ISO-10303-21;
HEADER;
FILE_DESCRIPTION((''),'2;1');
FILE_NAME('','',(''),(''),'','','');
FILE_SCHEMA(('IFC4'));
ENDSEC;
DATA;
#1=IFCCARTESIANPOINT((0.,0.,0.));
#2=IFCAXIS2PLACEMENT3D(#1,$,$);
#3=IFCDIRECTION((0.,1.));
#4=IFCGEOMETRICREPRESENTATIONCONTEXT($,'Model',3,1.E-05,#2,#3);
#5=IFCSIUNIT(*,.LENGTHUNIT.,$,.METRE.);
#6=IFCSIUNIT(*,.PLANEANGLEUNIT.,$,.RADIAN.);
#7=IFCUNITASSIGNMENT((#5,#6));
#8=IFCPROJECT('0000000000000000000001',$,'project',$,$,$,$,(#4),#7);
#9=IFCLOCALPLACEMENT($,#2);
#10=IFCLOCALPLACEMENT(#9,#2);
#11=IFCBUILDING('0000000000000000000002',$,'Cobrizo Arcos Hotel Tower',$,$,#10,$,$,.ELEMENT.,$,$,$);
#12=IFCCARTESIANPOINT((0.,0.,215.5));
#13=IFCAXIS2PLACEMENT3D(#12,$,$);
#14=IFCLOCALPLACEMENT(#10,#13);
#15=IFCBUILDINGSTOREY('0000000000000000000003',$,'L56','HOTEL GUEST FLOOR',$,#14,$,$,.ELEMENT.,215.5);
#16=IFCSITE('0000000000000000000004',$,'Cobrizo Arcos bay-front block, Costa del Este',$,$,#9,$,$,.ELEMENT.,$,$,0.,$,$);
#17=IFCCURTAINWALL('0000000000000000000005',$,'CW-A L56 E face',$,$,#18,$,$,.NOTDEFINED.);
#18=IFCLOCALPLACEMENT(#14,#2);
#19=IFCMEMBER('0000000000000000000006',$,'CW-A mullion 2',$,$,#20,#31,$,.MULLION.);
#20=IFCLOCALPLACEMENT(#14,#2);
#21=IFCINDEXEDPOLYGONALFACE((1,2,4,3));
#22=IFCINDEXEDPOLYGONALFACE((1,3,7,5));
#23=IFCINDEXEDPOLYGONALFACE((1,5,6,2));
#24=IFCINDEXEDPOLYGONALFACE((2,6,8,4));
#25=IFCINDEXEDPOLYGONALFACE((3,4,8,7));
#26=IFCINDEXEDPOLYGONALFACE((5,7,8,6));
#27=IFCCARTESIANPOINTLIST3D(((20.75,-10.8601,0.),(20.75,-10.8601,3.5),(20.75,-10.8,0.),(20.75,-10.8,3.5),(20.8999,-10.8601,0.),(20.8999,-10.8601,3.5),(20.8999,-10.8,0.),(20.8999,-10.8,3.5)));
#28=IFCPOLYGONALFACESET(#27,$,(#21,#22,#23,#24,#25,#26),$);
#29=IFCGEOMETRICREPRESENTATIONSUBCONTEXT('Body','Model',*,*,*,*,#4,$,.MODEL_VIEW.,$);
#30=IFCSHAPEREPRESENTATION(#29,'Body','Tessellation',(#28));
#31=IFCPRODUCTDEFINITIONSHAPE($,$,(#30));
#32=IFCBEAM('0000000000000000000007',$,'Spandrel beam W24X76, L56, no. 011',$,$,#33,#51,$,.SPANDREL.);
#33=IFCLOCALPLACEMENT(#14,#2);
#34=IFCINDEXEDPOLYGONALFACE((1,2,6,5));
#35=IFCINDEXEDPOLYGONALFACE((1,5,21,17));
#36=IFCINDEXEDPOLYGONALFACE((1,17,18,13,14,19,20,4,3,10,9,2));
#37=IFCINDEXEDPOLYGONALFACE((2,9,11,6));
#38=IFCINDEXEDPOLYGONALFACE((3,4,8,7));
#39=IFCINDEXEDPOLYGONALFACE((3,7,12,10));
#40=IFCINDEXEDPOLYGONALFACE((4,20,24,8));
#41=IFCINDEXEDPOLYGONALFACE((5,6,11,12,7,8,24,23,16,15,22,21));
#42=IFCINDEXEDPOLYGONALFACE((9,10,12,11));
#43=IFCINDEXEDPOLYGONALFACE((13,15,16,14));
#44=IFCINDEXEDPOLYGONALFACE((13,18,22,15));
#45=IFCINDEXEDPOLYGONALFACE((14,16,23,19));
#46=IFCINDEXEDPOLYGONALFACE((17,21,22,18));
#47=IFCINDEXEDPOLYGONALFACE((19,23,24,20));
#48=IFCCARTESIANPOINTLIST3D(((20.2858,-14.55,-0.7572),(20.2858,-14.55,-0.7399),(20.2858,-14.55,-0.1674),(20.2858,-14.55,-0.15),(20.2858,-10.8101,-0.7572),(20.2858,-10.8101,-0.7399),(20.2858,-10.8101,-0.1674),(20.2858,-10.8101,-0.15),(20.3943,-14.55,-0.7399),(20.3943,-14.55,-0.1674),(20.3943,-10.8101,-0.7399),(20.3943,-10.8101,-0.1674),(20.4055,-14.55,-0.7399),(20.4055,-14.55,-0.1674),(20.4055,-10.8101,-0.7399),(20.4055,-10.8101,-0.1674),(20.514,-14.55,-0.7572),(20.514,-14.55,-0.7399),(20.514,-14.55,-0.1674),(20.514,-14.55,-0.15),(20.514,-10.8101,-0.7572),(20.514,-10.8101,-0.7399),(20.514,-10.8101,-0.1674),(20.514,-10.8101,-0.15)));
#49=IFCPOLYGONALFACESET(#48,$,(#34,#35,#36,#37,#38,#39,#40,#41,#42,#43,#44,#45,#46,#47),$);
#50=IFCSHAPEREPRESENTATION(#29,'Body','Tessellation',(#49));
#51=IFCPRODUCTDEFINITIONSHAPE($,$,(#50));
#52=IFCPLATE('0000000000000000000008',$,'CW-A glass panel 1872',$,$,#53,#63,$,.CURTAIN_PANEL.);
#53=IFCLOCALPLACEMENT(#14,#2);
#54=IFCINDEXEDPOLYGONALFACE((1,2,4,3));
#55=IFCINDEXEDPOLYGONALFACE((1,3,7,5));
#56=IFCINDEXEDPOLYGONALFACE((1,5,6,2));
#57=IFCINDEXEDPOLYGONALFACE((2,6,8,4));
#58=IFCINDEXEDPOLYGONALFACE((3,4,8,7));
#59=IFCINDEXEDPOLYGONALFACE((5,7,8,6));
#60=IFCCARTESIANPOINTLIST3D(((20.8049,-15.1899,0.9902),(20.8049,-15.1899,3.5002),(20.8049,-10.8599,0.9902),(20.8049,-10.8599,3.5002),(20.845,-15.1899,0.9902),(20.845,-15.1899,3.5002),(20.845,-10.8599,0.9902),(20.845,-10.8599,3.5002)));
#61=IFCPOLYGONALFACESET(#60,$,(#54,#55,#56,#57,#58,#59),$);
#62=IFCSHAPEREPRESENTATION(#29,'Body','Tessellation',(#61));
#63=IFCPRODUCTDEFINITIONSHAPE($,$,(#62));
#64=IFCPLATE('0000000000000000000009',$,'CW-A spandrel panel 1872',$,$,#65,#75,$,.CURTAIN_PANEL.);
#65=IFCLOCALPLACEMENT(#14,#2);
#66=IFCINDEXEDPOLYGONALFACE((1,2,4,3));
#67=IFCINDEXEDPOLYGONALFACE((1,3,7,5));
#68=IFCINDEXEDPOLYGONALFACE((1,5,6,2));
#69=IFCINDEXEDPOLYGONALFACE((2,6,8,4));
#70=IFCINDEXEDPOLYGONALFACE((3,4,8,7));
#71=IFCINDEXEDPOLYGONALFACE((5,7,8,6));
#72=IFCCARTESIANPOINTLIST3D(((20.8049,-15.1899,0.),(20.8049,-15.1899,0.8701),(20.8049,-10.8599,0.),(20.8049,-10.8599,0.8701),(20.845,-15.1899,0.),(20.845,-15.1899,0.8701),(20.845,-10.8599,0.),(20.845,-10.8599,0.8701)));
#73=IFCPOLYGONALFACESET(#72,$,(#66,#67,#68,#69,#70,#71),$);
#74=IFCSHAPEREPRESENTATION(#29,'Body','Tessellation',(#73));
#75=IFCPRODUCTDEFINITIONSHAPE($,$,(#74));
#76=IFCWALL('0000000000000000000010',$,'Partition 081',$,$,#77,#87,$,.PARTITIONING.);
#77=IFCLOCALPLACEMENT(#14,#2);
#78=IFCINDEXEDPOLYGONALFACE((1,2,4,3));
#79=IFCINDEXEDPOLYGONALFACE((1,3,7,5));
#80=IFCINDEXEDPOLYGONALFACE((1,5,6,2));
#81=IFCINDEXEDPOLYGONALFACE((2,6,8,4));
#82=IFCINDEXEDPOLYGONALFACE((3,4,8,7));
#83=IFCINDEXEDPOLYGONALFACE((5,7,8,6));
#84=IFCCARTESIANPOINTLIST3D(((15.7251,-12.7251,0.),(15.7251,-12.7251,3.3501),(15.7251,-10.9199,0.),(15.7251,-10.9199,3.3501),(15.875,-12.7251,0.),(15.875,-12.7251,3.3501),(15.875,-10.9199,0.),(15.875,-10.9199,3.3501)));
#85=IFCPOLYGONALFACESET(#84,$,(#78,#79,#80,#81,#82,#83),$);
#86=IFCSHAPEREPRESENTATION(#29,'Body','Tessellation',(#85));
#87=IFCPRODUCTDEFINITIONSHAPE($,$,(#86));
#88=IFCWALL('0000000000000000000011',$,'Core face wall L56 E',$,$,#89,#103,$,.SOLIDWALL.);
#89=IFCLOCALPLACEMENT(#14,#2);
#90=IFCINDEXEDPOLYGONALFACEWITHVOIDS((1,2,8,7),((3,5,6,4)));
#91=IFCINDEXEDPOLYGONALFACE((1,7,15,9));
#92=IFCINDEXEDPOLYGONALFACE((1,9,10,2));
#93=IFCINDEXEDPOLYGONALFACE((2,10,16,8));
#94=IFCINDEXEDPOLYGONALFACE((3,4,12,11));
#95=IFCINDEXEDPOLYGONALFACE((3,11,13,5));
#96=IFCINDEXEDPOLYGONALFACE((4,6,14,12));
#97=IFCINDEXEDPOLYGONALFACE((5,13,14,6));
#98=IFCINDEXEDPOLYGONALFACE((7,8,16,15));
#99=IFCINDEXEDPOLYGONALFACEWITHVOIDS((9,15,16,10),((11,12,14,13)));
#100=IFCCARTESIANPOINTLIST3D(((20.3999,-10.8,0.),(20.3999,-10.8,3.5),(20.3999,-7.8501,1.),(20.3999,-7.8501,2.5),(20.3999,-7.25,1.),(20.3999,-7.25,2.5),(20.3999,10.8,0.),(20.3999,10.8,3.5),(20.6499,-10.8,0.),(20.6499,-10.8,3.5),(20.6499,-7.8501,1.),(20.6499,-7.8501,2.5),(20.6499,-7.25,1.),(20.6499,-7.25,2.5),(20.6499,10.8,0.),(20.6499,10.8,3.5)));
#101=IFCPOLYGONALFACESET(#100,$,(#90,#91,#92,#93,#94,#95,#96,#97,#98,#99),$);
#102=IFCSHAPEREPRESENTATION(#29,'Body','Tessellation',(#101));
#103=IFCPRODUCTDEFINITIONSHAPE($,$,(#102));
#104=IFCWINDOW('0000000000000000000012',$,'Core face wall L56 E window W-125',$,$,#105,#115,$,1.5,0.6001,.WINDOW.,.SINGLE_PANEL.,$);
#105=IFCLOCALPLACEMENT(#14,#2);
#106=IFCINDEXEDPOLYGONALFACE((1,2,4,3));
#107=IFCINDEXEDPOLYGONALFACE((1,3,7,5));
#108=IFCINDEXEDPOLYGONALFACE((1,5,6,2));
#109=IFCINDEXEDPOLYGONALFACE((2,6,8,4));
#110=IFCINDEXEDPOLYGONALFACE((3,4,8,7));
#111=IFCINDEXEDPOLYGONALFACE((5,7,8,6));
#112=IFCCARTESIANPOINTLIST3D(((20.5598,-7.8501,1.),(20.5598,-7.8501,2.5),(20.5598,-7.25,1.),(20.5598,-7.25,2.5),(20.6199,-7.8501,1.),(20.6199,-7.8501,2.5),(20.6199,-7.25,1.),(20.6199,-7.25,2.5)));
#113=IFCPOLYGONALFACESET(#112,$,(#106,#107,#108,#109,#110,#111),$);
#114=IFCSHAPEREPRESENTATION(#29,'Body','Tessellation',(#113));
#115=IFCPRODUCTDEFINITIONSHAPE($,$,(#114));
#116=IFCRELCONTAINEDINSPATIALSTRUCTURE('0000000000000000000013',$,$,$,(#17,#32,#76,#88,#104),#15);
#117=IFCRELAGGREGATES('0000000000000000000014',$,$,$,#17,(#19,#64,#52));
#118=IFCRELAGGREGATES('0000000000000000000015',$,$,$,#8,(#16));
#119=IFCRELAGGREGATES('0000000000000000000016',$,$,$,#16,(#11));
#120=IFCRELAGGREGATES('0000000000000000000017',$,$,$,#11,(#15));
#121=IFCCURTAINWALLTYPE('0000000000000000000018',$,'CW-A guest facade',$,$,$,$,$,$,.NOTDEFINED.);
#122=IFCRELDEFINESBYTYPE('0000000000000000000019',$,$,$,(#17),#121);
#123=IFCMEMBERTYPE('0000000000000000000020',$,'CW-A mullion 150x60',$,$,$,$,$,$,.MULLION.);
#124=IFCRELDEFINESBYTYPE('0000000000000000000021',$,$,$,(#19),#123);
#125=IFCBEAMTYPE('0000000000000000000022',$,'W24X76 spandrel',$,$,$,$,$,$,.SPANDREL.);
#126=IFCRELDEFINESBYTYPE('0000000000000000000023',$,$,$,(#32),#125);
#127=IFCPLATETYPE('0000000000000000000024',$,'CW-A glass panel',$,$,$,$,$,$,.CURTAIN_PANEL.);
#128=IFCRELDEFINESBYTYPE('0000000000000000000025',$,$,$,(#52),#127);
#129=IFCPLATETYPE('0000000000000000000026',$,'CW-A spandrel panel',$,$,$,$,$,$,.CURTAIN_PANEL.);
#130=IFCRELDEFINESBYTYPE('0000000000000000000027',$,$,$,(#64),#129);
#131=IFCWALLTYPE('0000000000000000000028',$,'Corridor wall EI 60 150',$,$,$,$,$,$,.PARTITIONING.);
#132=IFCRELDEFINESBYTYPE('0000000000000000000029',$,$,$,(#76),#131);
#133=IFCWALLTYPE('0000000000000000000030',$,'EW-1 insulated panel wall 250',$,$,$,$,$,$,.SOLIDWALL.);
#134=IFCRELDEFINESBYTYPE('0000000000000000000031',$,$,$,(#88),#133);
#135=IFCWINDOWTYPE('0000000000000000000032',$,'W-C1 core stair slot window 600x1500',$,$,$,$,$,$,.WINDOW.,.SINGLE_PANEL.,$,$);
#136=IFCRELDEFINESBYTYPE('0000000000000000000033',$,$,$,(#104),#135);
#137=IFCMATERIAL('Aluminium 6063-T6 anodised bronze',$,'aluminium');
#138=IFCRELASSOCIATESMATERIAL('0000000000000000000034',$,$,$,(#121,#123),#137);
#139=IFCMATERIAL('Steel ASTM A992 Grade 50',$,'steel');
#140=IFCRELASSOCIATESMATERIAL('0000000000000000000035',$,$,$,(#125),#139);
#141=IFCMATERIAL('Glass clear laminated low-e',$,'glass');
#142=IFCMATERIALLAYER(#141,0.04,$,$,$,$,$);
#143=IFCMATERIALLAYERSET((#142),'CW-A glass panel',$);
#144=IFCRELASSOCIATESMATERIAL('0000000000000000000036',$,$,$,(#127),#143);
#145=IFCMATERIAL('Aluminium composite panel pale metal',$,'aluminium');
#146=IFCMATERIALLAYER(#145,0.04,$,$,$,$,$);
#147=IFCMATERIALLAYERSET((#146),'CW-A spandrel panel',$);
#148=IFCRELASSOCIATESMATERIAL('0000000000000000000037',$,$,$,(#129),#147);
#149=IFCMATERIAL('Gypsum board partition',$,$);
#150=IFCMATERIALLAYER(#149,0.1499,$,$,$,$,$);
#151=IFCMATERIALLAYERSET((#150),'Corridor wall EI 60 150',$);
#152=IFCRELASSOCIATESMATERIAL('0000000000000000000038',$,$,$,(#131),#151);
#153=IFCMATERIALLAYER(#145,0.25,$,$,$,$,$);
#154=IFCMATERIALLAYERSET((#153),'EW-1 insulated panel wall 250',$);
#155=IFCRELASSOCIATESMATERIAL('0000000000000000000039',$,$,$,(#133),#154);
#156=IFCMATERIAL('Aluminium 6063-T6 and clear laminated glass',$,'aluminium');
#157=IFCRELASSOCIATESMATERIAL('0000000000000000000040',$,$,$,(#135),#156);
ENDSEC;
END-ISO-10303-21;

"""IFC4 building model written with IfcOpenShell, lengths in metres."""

from ifc_helpers import new_model, si_unit, direction, frame, frame_2d, origin, origin_2d, place, context, subcontext, project, spatial, rectangle, i_section, extrude, material, layer, layer_set, material_profile, profile_set, type_object, element, fill, aggregate, save


model = new_model("IFC4")

# Units and contexts
model_context = context("Model", 3, precision=1e-05, world=origin(), true_north=direction((0.0, 1.0)))
body_context = subcontext(model_context, "Body", "Model", "MODEL_VIEW")
ifc_project = project(units=[si_unit("LENGTHUNIT", "METRE"), si_unit("PLANEANGLEUNIT", "RADIAN")], contexts=[model_context])

# Site, building, storey
site_placement = place(None, origin())
site = spatial("IfcSite", under=ifc_project, at=site_placement, Name="Cobrizo Arcos bay-front block, Costa del Este", CompositionType="ELEMENT", RefElevation=0.0)
building_placement = place(site_placement, origin())
building = spatial("IfcBuilding", under=site, at=building_placement, Name="Cobrizo Arcos Hotel Tower", CompositionType="ELEMENT")
storey_placement = place(building_placement, frame((0.0, 0.0, 215.5)))
storey = spatial("IfcBuildingStorey", under=building, at=storey_placement, Name="L56", Description="HOTEL GUEST FLOOR", CompositionType="ELEMENT", Elevation=215.5)

# Curtain wall, member
ifc_material_1 = material(Name="Aluminium 6063-T6 anodised bronze", Category="aluminium")
curtain_wall_type = type_object("IfcCurtainWallType", Name="CW-A guest facade", PredefinedType="NOTDEFINED", material=ifc_material_1)
curtain_wall_placement = place(storey_placement, origin())
curtain_wall = element("IfcCurtainWall", 1, at=curtain_wall_placement, inside=storey, type_object=curtain_wall_type, Name="CW-A L56 E face", PredefinedType="NOTDEFINED")
ifc_material_profile_1 = material_profile(ifc_material_1, rectangle(XDim=0.1499, YDim=0.0601, at=origin_2d()), Name="CW-A mullion 150x60")
ifc_profile_set_1 = profile_set([ifc_material_profile_1], Name="Aluminium 6063-T6 anodised bronze")
member_type = type_object("IfcMemberType", Name="CW-A mullion 150x60", PredefinedType="MULLION", material=ifc_profile_set_1)
member_placement = place(storey_placement, frame((20.825, -10.8301, 0.0), z_axis=(0.0, 0.0, 1.0), x_axis=(1.0, 0.0, 0.0)))
member = element("IfcMember", 2, at=member_placement, type_object=member_type, Name="CW-A mullion 2", PredefinedType="MULLION", context=body_context, shape_type="SweptSolid", body=[
    extrude(rectangle(XDim=0.1499, YDim=0.0601, at=origin_2d()), origin(), (0.0, 0.0, 1.0), 3.5),
])

# Beam
ifc_material_2 = material(Name="Steel ASTM A992 Grade 50", Category="steel")
ifc_material_profile_2 = material_profile(ifc_material_2, i_section(OverallWidth=0.2283, OverallDepth=0.6072, WebThickness=0.0112, FlangeThickness=0.0173, at=origin_2d()), Name="W24X76")
ifc_profile_set_2 = profile_set([ifc_material_profile_2], Name="Steel ASTM A992 Grade 50")
beam_type = type_object("IfcBeamType", Name="W24X76 spandrel", PredefinedType="SPANDREL", material=ifc_profile_set_2)
beam_placement = place(storey_placement, frame((20.3999, -14.55, -0.4536), z_axis=(0.0, 1.0, 0.0), x_axis=(-1.0, 0.0, 0.0)))
element("IfcBeam", 3, at=beam_placement, inside=storey, type_object=beam_type, Name="Spandrel beam W24X76, L56, no. 011", PredefinedType="SPANDREL", context=body_context, shape_type="SweptSolid", body=[
    extrude(i_section(OverallWidth=0.2283, OverallDepth=0.6072, WebThickness=0.0112, FlangeThickness=0.0173, at=origin_2d()), origin(), (0.0, 0.0, 1.0), 3.74),
])

# Plates
ifc_material_3 = material(Name="Glass clear laminated low-e", Category="glass")
ifc_layer_1 = layer(ifc_material_3, 0.04)
ifc_layer_set_1 = layer_set([ifc_layer_1], Name="CW-A glass panel")
plate_type_1 = type_object("IfcPlateType", Name="CW-A glass panel", PredefinedType="CURTAIN_PANEL", material=ifc_layer_set_1)
plate_1_placement = place(storey_placement, frame((20.825, -13.0249, 0.9902), z_axis=(0.0, 0.0, 1.0), x_axis=(0.0, 1.0, 0.0)))
plate_1 = element("IfcPlate", 4, at=plate_1_placement, type_object=plate_type_1, Name="CW-A glass panel 1872", PredefinedType="CURTAIN_PANEL", context=body_context, shape_type="SweptSolid", body=[
    extrude(rectangle(XDim=4.3301, YDim=0.04, at=origin_2d()), origin(), (0.0, 0.0, 1.0), 2.51),
])
ifc_material_4 = material(Name="Aluminium composite panel pale metal", Category="aluminium")
ifc_layer_2 = layer(ifc_material_4, 0.04)
ifc_layer_set_2 = layer_set([ifc_layer_2], Name="CW-A spandrel panel")
plate_type_2 = type_object("IfcPlateType", Name="CW-A spandrel panel", PredefinedType="CURTAIN_PANEL", material=ifc_layer_set_2)
plate_2_placement = place(storey_placement, frame((20.825, -13.0249, 0.0), z_axis=(0.0, 0.0, 1.0), x_axis=(0.0, 1.0, 0.0)))
plate_2 = element("IfcPlate", 5, at=plate_2_placement, type_object=plate_type_2, Name="CW-A spandrel panel 1872", PredefinedType="CURTAIN_PANEL", context=body_context, shape_type="SweptSolid", body=[
    extrude(rectangle(XDim=4.3301, YDim=0.04, at=origin_2d()), origin(), (0.0, 0.0, 1.0), 0.8701),
])
aggregate(curtain_wall, [member, plate_2, plate_1])

# Wall
ifc_material_5 = material(Name="Gypsum board partition")
ifc_layer_3 = layer(ifc_material_5, 0.1499)
ifc_layer_set_3 = layer_set([ifc_layer_3], Name="Corridor wall EI 60 150")
wall_type_1 = type_object("IfcWallType", Name="Corridor wall EI 60 150", PredefinedType="PARTITIONING", material=ifc_layer_set_3)
wall_1_placement = place(storey_placement, frame((15.8, -12.7251, 0.0), z_axis=(0.0, 0.0, 1.0), x_axis=(0.0, 1.0, 0.0)))
element("IfcWall", 6, at=wall_1_placement, inside=storey, type_object=wall_type_1, Name="Partition 081", PredefinedType="PARTITIONING", context=body_context, shape_type="SweptSolid", body=[
    extrude(rectangle(XDim=1.8052, YDim=0.1499, at=frame_2d((0.9026, 0.0))), origin(), (0.0, 0.0, 1.0), 3.3501),
])

# Wall, opening, window
ifc_layer_4 = layer(ifc_material_4, 0.25)
ifc_layer_set_4 = layer_set([ifc_layer_4], Name="EW-1 insulated panel wall 250")
wall_type_2 = type_object("IfcWallType", Name="EW-1 insulated panel wall 250", PredefinedType="SOLIDWALL", material=ifc_layer_set_4)
wall_2_placement = place(storey_placement, frame((20.5249, -10.8, 0.0), z_axis=(0.0, 0.0, 1.0), x_axis=(0.0, 1.0, 0.0)))
wall_2 = element("IfcWall", 7, at=wall_2_placement, inside=storey, type_object=wall_type_2, Name="Core face wall L56 E", PredefinedType="SOLIDWALL", context=body_context, shape_type="SweptSolid", body=[
    extrude(rectangle(XDim=21.6001, YDim=0.25, at=frame_2d((10.8, 0.0))), origin(), (0.0, 0.0, 1.0), 3.5),
])
opening_1_placement = place(wall_2_placement, frame((2.95, 0.0, 1.0)))
opening_1 = element("IfcOpeningElement", 8, at=opening_1_placement, cuts=wall_2, PredefinedType="OPENING", context=body_context, shape_type="SweptSolid", body=[
    extrude(rectangle(XDim=0.6001, YDim=1.5, at=frame_2d((0.3, 0.75))), frame((0.0, 0.137, 0.0), z_axis=(0.0, -1.0, 0.0), x_axis=(1.0, 0.0, 0.0)), (0.0, 0.0, 1.0), 0.2739),
])
ifc_material_6 = material(Name="Aluminium 6063-T6 and clear laminated glass", Category="aluminium")
window_type = type_object("IfcWindowType", Name="W-C1 core stair slot window 600x1500", PartitioningType="SINGLE_PANEL", PredefinedType="WINDOW", material=ifc_material_6)
window_placement = place(opening_1_placement, origin())
window = element("IfcWindow", 9, at=window_placement, inside=storey, type_object=window_type, Name="Core face wall L56 E window W-125", OverallHeight=1.5, OverallWidth=0.6001, PartitioningType="SINGLE_PANEL", PredefinedType="WINDOW", context=body_context, shape_type="SweptSolid", body=[
    extrude(rectangle(XDim=0.6001, YDim=1.5, at=frame_2d((0.3, 0.75))), frame((0.0, -0.0349, 0.0), z_axis=(0.0, -1.0, 0.0), x_axis=(1.0, 0.0, 0.0)), (0.0, 0.0, 1.0), 0.0601),
])
fill(opening_1, window)

save(model, "model.ifc")
